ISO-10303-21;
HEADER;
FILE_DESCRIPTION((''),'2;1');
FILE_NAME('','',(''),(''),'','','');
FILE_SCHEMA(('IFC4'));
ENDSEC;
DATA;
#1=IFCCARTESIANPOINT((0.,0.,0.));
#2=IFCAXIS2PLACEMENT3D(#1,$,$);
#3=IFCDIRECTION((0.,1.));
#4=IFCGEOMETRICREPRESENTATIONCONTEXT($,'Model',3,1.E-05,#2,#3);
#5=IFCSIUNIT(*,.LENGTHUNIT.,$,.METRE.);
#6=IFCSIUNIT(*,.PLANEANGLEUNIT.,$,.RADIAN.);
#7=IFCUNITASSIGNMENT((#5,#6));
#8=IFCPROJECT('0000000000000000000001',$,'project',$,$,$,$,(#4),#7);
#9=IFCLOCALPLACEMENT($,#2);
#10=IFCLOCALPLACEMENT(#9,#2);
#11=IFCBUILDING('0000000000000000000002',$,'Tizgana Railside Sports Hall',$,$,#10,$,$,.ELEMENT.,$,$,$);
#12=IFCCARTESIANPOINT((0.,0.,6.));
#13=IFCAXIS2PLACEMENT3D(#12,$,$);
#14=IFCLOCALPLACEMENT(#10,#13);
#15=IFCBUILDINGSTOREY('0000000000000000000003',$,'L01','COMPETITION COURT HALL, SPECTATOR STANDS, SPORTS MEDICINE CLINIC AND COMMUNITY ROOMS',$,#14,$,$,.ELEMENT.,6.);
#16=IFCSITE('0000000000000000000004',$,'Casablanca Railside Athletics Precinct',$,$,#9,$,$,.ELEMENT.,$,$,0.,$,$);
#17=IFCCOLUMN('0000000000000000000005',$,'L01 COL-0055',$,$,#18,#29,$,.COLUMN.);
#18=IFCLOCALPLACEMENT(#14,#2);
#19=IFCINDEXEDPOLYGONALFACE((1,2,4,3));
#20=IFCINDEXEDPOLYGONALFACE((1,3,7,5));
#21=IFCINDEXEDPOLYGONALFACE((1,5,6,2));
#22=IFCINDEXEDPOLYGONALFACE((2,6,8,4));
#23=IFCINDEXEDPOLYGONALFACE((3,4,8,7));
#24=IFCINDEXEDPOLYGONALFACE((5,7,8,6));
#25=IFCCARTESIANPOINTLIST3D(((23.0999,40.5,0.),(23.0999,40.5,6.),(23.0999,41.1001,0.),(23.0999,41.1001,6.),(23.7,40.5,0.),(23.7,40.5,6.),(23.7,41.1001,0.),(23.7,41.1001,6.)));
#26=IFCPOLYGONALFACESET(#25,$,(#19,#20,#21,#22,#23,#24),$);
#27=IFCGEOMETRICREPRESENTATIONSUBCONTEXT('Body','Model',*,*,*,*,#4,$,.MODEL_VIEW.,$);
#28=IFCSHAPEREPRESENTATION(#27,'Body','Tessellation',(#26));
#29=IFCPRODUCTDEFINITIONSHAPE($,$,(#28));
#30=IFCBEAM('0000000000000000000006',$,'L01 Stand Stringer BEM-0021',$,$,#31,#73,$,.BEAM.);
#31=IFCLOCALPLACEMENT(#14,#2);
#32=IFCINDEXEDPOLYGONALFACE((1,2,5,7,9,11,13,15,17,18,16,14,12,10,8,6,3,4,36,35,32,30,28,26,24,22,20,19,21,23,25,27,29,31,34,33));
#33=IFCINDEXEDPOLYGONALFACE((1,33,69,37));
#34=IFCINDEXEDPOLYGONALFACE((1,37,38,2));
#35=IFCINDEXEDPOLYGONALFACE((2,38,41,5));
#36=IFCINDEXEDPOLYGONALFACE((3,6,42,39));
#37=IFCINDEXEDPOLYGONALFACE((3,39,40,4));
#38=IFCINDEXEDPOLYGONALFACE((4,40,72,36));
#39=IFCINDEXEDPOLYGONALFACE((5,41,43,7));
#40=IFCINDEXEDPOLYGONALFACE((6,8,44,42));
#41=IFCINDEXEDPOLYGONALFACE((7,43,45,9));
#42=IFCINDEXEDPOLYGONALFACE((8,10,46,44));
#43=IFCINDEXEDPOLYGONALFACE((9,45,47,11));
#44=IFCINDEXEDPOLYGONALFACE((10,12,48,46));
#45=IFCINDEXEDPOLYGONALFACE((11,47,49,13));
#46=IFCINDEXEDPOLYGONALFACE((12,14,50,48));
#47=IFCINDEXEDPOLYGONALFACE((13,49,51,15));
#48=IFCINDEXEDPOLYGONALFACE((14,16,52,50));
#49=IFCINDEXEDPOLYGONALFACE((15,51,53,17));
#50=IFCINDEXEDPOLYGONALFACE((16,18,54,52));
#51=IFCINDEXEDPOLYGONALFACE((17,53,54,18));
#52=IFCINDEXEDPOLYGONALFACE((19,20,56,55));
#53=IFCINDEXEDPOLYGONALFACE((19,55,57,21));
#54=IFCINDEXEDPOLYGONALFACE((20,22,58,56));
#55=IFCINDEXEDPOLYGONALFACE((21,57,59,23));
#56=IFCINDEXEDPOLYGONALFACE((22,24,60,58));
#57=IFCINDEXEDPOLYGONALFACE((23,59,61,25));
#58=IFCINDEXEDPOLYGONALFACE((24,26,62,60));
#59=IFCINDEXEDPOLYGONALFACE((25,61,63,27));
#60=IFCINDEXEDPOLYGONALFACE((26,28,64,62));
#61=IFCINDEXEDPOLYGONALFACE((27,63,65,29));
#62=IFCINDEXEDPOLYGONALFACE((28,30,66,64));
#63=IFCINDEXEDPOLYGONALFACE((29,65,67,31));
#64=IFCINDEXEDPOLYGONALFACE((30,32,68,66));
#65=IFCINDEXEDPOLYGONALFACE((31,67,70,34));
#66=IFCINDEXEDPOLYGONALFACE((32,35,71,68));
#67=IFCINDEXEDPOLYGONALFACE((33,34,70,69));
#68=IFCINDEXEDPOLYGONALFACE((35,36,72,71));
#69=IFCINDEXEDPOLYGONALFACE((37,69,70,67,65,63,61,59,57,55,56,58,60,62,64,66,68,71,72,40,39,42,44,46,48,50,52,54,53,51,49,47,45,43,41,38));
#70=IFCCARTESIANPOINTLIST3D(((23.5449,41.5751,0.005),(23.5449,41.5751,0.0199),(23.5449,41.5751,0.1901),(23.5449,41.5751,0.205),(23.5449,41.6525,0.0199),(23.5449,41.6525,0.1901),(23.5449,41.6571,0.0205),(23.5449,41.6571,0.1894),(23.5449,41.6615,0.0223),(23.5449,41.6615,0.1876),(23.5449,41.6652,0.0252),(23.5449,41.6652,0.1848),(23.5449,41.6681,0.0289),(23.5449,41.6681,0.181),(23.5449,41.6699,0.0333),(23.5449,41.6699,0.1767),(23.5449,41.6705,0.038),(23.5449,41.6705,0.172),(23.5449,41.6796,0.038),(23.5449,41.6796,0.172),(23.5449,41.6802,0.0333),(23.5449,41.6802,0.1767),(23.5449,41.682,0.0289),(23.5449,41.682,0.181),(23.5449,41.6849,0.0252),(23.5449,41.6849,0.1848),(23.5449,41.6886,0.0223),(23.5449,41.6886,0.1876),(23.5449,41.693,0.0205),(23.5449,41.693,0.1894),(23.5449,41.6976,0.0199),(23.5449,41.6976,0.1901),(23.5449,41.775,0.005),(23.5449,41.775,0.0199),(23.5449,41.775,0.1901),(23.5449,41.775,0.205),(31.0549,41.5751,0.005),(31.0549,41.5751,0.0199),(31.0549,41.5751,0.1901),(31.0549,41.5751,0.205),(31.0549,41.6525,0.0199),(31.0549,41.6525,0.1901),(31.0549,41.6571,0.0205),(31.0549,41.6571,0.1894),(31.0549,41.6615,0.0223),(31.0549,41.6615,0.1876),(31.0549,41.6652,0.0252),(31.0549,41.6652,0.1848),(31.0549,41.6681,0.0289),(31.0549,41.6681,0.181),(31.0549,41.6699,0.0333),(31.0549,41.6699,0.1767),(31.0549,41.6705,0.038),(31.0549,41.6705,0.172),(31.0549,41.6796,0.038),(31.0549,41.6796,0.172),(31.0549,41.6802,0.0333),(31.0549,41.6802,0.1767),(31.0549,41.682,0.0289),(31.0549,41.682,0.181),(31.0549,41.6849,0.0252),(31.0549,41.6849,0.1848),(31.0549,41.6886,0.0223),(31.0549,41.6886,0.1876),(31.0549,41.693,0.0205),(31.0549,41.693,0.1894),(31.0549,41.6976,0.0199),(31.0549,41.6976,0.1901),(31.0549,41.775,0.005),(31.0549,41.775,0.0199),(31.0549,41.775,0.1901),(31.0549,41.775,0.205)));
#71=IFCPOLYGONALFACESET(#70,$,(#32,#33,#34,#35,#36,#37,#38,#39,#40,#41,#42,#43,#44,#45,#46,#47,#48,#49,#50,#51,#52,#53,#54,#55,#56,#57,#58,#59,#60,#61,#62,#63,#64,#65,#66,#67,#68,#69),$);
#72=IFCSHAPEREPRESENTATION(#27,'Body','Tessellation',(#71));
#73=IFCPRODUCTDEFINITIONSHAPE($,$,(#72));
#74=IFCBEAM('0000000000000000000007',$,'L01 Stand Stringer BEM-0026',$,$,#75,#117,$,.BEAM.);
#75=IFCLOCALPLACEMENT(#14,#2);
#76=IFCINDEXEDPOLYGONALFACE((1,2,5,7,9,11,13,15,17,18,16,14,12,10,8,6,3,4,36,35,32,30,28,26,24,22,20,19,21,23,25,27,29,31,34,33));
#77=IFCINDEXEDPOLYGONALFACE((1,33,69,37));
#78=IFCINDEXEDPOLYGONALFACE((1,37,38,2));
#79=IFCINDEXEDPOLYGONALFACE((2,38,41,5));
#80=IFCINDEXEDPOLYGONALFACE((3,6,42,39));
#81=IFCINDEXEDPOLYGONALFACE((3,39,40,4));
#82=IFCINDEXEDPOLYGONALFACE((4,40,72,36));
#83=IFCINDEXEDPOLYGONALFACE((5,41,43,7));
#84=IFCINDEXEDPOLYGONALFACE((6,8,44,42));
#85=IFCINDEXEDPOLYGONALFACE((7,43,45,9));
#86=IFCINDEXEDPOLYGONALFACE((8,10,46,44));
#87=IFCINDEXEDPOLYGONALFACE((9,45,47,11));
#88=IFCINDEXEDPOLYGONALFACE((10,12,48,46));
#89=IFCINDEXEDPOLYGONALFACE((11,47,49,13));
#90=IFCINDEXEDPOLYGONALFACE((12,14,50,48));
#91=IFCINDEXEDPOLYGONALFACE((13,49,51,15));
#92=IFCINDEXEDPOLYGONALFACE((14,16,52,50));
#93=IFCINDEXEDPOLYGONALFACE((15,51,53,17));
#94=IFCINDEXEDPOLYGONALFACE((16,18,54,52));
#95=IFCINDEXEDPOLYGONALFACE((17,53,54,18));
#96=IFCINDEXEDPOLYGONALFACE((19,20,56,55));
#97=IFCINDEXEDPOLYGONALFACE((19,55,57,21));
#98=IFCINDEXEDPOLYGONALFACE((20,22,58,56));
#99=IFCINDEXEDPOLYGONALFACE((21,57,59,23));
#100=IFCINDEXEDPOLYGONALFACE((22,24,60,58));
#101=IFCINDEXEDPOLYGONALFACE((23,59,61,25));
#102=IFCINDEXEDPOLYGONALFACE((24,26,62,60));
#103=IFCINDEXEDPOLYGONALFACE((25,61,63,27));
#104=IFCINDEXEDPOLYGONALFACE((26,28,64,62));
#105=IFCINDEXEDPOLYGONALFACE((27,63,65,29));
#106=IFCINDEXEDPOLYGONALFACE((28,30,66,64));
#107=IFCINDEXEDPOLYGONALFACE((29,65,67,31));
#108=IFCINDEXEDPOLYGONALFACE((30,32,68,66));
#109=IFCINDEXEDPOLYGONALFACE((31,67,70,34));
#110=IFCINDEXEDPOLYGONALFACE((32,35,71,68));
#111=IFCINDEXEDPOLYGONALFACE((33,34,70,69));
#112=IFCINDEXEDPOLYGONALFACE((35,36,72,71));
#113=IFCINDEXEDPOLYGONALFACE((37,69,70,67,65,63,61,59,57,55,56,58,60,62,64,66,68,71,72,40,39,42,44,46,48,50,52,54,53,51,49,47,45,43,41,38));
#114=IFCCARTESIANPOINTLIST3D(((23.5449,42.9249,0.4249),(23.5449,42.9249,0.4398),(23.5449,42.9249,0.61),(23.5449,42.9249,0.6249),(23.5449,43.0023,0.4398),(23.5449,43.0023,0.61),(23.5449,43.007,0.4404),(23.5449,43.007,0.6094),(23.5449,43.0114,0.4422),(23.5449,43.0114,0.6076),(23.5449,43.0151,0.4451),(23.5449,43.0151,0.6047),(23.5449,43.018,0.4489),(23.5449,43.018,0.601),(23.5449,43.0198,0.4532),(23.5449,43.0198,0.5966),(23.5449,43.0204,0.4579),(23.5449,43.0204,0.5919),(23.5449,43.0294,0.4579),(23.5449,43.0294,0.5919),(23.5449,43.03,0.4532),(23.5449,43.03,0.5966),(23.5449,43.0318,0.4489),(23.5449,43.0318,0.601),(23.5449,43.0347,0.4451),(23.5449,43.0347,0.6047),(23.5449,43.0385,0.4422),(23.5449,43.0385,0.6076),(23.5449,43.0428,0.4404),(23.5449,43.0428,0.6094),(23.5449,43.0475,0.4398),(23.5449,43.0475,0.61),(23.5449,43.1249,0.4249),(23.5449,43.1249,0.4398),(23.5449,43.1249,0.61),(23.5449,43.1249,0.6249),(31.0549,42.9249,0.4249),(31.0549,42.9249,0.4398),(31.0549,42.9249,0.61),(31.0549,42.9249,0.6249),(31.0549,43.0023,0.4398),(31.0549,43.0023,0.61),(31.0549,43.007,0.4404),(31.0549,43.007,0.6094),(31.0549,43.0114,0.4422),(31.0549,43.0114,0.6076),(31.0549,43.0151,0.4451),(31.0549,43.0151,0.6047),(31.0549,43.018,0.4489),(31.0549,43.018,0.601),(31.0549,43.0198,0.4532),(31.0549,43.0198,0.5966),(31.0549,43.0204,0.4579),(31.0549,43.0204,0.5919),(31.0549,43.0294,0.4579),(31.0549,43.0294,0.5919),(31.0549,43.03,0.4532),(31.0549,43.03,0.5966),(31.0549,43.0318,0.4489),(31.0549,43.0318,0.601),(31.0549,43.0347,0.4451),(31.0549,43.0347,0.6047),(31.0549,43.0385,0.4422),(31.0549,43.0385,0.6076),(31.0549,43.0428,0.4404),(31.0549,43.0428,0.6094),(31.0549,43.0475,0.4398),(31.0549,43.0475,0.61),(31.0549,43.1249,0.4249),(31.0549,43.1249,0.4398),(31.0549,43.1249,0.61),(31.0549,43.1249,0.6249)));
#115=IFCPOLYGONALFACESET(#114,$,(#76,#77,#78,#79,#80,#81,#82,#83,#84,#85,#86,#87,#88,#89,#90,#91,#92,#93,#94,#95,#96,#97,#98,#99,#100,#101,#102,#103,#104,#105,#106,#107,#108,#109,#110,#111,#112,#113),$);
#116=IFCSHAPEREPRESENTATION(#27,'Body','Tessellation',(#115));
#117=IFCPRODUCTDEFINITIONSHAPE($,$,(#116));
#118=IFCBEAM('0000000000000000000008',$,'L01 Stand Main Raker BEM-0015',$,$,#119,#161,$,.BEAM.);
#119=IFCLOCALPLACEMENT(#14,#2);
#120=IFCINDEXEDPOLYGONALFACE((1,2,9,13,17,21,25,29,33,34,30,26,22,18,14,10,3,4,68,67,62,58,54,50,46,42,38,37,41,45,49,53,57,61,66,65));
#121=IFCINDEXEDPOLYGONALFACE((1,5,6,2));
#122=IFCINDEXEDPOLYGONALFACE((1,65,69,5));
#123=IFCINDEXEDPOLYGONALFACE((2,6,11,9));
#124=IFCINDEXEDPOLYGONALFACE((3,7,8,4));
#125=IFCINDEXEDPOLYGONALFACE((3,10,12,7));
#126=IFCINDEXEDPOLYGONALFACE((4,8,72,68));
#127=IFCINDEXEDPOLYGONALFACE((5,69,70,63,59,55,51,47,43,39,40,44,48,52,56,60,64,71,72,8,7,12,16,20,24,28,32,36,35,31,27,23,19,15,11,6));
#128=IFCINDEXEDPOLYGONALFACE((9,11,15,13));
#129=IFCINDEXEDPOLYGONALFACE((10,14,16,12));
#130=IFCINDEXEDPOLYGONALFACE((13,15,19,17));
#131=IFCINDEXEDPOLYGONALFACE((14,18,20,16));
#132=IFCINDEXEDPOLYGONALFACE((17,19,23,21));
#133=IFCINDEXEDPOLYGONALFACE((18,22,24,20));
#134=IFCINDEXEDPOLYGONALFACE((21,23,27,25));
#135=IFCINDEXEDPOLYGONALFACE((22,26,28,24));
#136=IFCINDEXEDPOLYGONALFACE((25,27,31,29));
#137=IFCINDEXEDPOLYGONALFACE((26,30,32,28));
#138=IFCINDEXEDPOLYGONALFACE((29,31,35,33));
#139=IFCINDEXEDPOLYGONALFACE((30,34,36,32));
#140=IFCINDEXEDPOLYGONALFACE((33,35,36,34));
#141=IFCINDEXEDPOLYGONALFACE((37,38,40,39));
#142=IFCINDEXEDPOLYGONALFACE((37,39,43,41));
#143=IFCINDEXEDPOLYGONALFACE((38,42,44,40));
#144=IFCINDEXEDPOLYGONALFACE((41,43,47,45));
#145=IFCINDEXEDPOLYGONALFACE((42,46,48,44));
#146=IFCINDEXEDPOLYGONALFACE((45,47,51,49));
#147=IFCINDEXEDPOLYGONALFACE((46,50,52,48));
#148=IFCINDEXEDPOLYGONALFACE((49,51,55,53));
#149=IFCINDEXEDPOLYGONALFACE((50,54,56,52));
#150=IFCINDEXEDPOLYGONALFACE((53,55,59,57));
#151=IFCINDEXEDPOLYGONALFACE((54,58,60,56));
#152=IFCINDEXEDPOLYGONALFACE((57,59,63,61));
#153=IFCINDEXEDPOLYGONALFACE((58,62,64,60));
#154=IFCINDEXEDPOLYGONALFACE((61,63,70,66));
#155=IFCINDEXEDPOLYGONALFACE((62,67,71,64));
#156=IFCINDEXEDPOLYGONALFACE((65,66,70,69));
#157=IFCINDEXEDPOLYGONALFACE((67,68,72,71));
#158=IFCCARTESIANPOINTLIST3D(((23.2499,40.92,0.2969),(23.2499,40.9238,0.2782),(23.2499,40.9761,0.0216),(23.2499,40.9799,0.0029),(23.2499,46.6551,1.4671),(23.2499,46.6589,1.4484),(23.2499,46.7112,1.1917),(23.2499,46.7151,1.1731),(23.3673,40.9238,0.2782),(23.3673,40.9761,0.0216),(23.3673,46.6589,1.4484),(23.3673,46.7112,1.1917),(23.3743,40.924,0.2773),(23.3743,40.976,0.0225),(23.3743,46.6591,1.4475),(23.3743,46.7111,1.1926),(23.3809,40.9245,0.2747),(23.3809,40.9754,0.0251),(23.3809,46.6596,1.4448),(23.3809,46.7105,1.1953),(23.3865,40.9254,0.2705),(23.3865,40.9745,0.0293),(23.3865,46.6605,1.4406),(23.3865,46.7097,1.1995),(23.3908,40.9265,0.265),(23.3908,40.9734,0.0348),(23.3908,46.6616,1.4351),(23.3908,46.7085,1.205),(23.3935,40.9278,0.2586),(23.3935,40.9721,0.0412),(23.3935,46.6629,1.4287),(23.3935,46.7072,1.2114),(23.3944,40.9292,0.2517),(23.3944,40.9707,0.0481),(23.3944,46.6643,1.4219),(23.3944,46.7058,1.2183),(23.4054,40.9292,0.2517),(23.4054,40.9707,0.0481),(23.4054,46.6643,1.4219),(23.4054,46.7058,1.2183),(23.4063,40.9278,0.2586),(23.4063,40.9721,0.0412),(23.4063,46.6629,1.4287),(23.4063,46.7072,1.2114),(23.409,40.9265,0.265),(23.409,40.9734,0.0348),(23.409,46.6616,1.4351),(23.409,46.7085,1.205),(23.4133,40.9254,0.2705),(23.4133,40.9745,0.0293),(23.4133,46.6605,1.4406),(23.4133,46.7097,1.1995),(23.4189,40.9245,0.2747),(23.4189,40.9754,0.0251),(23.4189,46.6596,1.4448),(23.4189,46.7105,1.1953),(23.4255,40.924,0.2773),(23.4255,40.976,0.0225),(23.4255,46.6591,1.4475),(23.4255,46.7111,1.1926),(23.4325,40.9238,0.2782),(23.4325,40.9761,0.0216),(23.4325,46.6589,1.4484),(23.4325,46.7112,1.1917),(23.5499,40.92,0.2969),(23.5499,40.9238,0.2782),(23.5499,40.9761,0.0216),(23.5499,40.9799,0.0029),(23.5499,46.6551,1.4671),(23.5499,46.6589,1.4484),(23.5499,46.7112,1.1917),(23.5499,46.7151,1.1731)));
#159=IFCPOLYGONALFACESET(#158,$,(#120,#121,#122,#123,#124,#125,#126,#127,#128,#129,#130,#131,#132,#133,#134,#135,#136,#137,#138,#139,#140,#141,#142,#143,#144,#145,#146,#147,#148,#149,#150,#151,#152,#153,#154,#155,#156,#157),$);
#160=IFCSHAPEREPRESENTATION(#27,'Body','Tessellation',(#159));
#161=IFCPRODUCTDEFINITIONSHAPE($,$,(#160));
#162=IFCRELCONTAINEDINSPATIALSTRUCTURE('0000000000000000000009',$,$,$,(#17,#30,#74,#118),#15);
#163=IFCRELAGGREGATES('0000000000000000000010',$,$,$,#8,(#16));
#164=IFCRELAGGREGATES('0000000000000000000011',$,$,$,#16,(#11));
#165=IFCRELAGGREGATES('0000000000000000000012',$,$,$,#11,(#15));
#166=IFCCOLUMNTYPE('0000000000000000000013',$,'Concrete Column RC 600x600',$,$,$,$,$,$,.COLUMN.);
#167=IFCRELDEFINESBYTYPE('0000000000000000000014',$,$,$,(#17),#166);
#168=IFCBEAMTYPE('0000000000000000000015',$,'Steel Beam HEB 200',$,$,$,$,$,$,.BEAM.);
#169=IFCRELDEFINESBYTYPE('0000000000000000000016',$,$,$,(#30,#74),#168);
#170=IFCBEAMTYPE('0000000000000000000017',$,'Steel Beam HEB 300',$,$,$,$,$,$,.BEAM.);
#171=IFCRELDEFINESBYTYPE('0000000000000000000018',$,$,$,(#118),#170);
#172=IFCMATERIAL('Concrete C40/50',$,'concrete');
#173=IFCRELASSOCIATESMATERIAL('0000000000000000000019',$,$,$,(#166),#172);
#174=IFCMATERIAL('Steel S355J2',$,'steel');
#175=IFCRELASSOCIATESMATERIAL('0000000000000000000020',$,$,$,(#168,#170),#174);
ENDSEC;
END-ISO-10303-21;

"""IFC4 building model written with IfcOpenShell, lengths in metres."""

from ifc_helpers import new_model, si_unit, direction, frame, origin, origin_2d, place, context, subcontext, project, spatial, rectangle, i_section, extrude, material, material_profile, profile_set, type_object, element, save


model = new_model("IFC4")

# Units and contexts
model_context = context("Model", 3, precision=1e-05, world=origin(), true_north=direction((0.0, 1.0)))
body_context = subcontext(model_context, "Body", "Model", "MODEL_VIEW")
ifc_project = project(units=[si_unit("LENGTHUNIT", "METRE"), si_unit("PLANEANGLEUNIT", "RADIAN")], contexts=[model_context])

# Site, building, storey
site_placement = place(None, origin())
site = spatial("IfcSite", under=ifc_project, at=site_placement, Name="Casablanca Railside Athletics Precinct", CompositionType="ELEMENT", RefElevation=0.0)
building_placement = place(site_placement, origin())
building = spatial("IfcBuilding", under=site, at=building_placement, Name="Tizgana Railside Sports Hall", CompositionType="ELEMENT")
storey_placement = place(building_placement, frame((0.0, 0.0, 6.0)))
storey = spatial("IfcBuildingStorey", under=building, at=storey_placement, Name="L01", Description="COMPETITION COURT HALL, SPECTATOR STANDS, SPORTS MEDICINE CLINIC AND COMMUNITY ROOMS", CompositionType="ELEMENT", Elevation=6.0)

# Column
ifc_material_1 = material(Name="Concrete C40/50", Category="concrete")
ifc_material_profile_1 = material_profile(ifc_material_1, rectangle(XDim=0.6001, YDim=0.6001, at=origin_2d()), Name="RC 600x600")
ifc_profile_set_1 = profile_set([ifc_material_profile_1], Name="Concrete C40/50")
column_type = type_object("IfcColumnType", Name="Concrete Column RC 600x600", PredefinedType="COLUMN", material=ifc_profile_set_1)
column_placement = place(storey_placement, frame((23.3999, 40.8, 0.0), z_axis=(0.0, 0.0, 1.0), x_axis=(1.0, 0.0, 0.0)))
element("IfcColumn", 1, at=column_placement, inside=storey, type_object=column_type, Name="L01 COL-0055", PredefinedType="COLUMN", context=body_context, shape_type="SweptSolid", body=[
    extrude(rectangle(XDim=0.6001, YDim=0.6001, at=origin_2d()), origin(), (0.0, 0.0, 1.0), 6.0),
])

# Beams
ifc_material_2 = material(Name="Steel S355J2", Category="steel")
ifc_material_profile_2 = material_profile(ifc_material_2, i_section(OverallWidth=0.2, OverallDepth=0.2, WebThickness=0.009, FlangeThickness=0.0149, FilletRadius=0.0181, at=origin_2d()), Name="HEB 200")
ifc_profile_set_2 = profile_set([ifc_material_profile_2], Name="Steel S355J2")
beam_type_1 = type_object("IfcBeamType", Name="Steel Beam HEB 200", PredefinedType="BEAM", material=ifc_profile_set_2)
for number, where, z_axis, x_axis, name in (
    (2, (23.5449, 41.675, 0.105), (1.0, 0.0, 0.0), (0.0, 1.0, 0.0), "L01 Stand Stringer BEM-0021"),
    (3, (23.5449, 43.0249, 0.5249), (1.0, 0.0, 0.0), (0.0, 1.0, 0.0), "L01 Stand Stringer BEM-0026"),
):
    element("IfcBeam", number, at=place(storey_placement, frame(where, z_axis=z_axis, x_axis=x_axis)), inside=storey, type_object=beam_type_1, Name=name, PredefinedType="BEAM", context=body_context, shape_type="SweptSolid", body=[
        extrude(i_section(OverallWidth=0.2, OverallDepth=0.2, WebThickness=0.009, FlangeThickness=0.0149, FilletRadius=0.0181, at=origin_2d()), origin(), (0.0, 0.0, 1.0), 7.51),
    ])
ifc_material_profile_3 = material_profile(ifc_material_2, i_section(OverallWidth=0.3, OverallDepth=0.3, WebThickness=0.011, FlangeThickness=0.019, FilletRadius=0.0271, at=origin_2d()), Name="HEB 300")
ifc_profile_set_3 = profile_set([ifc_material_profile_3], Name="Steel S355J2")
beam_type_2 = type_object("IfcBeamType", Name="Steel Beam HEB 300", PredefinedType="BEAM", material=ifc_profile_set_3)
beam_placement = place(storey_placement, frame((23.3999, 40.95, 0.1499), z_axis=(0.0, 0.979813, 0.199917), x_axis=(-1.0, 0.0, 0.0)))
element("IfcBeam", 4, at=beam_placement, inside=storey, type_object=beam_type_2, Name="L01 Stand Main Raker BEM-0015", PredefinedType="BEAM", context=body_context, shape_type="SweptSolid", body=[
    extrude(i_section(OverallWidth=0.3, OverallDepth=0.3, WebThickness=0.011, FlangeThickness=0.019, FilletRadius=0.0271, at=origin_2d()), origin(), (0.0, 0.0, 1.0), 5.8533),
])

save(model, "model.ifc")
